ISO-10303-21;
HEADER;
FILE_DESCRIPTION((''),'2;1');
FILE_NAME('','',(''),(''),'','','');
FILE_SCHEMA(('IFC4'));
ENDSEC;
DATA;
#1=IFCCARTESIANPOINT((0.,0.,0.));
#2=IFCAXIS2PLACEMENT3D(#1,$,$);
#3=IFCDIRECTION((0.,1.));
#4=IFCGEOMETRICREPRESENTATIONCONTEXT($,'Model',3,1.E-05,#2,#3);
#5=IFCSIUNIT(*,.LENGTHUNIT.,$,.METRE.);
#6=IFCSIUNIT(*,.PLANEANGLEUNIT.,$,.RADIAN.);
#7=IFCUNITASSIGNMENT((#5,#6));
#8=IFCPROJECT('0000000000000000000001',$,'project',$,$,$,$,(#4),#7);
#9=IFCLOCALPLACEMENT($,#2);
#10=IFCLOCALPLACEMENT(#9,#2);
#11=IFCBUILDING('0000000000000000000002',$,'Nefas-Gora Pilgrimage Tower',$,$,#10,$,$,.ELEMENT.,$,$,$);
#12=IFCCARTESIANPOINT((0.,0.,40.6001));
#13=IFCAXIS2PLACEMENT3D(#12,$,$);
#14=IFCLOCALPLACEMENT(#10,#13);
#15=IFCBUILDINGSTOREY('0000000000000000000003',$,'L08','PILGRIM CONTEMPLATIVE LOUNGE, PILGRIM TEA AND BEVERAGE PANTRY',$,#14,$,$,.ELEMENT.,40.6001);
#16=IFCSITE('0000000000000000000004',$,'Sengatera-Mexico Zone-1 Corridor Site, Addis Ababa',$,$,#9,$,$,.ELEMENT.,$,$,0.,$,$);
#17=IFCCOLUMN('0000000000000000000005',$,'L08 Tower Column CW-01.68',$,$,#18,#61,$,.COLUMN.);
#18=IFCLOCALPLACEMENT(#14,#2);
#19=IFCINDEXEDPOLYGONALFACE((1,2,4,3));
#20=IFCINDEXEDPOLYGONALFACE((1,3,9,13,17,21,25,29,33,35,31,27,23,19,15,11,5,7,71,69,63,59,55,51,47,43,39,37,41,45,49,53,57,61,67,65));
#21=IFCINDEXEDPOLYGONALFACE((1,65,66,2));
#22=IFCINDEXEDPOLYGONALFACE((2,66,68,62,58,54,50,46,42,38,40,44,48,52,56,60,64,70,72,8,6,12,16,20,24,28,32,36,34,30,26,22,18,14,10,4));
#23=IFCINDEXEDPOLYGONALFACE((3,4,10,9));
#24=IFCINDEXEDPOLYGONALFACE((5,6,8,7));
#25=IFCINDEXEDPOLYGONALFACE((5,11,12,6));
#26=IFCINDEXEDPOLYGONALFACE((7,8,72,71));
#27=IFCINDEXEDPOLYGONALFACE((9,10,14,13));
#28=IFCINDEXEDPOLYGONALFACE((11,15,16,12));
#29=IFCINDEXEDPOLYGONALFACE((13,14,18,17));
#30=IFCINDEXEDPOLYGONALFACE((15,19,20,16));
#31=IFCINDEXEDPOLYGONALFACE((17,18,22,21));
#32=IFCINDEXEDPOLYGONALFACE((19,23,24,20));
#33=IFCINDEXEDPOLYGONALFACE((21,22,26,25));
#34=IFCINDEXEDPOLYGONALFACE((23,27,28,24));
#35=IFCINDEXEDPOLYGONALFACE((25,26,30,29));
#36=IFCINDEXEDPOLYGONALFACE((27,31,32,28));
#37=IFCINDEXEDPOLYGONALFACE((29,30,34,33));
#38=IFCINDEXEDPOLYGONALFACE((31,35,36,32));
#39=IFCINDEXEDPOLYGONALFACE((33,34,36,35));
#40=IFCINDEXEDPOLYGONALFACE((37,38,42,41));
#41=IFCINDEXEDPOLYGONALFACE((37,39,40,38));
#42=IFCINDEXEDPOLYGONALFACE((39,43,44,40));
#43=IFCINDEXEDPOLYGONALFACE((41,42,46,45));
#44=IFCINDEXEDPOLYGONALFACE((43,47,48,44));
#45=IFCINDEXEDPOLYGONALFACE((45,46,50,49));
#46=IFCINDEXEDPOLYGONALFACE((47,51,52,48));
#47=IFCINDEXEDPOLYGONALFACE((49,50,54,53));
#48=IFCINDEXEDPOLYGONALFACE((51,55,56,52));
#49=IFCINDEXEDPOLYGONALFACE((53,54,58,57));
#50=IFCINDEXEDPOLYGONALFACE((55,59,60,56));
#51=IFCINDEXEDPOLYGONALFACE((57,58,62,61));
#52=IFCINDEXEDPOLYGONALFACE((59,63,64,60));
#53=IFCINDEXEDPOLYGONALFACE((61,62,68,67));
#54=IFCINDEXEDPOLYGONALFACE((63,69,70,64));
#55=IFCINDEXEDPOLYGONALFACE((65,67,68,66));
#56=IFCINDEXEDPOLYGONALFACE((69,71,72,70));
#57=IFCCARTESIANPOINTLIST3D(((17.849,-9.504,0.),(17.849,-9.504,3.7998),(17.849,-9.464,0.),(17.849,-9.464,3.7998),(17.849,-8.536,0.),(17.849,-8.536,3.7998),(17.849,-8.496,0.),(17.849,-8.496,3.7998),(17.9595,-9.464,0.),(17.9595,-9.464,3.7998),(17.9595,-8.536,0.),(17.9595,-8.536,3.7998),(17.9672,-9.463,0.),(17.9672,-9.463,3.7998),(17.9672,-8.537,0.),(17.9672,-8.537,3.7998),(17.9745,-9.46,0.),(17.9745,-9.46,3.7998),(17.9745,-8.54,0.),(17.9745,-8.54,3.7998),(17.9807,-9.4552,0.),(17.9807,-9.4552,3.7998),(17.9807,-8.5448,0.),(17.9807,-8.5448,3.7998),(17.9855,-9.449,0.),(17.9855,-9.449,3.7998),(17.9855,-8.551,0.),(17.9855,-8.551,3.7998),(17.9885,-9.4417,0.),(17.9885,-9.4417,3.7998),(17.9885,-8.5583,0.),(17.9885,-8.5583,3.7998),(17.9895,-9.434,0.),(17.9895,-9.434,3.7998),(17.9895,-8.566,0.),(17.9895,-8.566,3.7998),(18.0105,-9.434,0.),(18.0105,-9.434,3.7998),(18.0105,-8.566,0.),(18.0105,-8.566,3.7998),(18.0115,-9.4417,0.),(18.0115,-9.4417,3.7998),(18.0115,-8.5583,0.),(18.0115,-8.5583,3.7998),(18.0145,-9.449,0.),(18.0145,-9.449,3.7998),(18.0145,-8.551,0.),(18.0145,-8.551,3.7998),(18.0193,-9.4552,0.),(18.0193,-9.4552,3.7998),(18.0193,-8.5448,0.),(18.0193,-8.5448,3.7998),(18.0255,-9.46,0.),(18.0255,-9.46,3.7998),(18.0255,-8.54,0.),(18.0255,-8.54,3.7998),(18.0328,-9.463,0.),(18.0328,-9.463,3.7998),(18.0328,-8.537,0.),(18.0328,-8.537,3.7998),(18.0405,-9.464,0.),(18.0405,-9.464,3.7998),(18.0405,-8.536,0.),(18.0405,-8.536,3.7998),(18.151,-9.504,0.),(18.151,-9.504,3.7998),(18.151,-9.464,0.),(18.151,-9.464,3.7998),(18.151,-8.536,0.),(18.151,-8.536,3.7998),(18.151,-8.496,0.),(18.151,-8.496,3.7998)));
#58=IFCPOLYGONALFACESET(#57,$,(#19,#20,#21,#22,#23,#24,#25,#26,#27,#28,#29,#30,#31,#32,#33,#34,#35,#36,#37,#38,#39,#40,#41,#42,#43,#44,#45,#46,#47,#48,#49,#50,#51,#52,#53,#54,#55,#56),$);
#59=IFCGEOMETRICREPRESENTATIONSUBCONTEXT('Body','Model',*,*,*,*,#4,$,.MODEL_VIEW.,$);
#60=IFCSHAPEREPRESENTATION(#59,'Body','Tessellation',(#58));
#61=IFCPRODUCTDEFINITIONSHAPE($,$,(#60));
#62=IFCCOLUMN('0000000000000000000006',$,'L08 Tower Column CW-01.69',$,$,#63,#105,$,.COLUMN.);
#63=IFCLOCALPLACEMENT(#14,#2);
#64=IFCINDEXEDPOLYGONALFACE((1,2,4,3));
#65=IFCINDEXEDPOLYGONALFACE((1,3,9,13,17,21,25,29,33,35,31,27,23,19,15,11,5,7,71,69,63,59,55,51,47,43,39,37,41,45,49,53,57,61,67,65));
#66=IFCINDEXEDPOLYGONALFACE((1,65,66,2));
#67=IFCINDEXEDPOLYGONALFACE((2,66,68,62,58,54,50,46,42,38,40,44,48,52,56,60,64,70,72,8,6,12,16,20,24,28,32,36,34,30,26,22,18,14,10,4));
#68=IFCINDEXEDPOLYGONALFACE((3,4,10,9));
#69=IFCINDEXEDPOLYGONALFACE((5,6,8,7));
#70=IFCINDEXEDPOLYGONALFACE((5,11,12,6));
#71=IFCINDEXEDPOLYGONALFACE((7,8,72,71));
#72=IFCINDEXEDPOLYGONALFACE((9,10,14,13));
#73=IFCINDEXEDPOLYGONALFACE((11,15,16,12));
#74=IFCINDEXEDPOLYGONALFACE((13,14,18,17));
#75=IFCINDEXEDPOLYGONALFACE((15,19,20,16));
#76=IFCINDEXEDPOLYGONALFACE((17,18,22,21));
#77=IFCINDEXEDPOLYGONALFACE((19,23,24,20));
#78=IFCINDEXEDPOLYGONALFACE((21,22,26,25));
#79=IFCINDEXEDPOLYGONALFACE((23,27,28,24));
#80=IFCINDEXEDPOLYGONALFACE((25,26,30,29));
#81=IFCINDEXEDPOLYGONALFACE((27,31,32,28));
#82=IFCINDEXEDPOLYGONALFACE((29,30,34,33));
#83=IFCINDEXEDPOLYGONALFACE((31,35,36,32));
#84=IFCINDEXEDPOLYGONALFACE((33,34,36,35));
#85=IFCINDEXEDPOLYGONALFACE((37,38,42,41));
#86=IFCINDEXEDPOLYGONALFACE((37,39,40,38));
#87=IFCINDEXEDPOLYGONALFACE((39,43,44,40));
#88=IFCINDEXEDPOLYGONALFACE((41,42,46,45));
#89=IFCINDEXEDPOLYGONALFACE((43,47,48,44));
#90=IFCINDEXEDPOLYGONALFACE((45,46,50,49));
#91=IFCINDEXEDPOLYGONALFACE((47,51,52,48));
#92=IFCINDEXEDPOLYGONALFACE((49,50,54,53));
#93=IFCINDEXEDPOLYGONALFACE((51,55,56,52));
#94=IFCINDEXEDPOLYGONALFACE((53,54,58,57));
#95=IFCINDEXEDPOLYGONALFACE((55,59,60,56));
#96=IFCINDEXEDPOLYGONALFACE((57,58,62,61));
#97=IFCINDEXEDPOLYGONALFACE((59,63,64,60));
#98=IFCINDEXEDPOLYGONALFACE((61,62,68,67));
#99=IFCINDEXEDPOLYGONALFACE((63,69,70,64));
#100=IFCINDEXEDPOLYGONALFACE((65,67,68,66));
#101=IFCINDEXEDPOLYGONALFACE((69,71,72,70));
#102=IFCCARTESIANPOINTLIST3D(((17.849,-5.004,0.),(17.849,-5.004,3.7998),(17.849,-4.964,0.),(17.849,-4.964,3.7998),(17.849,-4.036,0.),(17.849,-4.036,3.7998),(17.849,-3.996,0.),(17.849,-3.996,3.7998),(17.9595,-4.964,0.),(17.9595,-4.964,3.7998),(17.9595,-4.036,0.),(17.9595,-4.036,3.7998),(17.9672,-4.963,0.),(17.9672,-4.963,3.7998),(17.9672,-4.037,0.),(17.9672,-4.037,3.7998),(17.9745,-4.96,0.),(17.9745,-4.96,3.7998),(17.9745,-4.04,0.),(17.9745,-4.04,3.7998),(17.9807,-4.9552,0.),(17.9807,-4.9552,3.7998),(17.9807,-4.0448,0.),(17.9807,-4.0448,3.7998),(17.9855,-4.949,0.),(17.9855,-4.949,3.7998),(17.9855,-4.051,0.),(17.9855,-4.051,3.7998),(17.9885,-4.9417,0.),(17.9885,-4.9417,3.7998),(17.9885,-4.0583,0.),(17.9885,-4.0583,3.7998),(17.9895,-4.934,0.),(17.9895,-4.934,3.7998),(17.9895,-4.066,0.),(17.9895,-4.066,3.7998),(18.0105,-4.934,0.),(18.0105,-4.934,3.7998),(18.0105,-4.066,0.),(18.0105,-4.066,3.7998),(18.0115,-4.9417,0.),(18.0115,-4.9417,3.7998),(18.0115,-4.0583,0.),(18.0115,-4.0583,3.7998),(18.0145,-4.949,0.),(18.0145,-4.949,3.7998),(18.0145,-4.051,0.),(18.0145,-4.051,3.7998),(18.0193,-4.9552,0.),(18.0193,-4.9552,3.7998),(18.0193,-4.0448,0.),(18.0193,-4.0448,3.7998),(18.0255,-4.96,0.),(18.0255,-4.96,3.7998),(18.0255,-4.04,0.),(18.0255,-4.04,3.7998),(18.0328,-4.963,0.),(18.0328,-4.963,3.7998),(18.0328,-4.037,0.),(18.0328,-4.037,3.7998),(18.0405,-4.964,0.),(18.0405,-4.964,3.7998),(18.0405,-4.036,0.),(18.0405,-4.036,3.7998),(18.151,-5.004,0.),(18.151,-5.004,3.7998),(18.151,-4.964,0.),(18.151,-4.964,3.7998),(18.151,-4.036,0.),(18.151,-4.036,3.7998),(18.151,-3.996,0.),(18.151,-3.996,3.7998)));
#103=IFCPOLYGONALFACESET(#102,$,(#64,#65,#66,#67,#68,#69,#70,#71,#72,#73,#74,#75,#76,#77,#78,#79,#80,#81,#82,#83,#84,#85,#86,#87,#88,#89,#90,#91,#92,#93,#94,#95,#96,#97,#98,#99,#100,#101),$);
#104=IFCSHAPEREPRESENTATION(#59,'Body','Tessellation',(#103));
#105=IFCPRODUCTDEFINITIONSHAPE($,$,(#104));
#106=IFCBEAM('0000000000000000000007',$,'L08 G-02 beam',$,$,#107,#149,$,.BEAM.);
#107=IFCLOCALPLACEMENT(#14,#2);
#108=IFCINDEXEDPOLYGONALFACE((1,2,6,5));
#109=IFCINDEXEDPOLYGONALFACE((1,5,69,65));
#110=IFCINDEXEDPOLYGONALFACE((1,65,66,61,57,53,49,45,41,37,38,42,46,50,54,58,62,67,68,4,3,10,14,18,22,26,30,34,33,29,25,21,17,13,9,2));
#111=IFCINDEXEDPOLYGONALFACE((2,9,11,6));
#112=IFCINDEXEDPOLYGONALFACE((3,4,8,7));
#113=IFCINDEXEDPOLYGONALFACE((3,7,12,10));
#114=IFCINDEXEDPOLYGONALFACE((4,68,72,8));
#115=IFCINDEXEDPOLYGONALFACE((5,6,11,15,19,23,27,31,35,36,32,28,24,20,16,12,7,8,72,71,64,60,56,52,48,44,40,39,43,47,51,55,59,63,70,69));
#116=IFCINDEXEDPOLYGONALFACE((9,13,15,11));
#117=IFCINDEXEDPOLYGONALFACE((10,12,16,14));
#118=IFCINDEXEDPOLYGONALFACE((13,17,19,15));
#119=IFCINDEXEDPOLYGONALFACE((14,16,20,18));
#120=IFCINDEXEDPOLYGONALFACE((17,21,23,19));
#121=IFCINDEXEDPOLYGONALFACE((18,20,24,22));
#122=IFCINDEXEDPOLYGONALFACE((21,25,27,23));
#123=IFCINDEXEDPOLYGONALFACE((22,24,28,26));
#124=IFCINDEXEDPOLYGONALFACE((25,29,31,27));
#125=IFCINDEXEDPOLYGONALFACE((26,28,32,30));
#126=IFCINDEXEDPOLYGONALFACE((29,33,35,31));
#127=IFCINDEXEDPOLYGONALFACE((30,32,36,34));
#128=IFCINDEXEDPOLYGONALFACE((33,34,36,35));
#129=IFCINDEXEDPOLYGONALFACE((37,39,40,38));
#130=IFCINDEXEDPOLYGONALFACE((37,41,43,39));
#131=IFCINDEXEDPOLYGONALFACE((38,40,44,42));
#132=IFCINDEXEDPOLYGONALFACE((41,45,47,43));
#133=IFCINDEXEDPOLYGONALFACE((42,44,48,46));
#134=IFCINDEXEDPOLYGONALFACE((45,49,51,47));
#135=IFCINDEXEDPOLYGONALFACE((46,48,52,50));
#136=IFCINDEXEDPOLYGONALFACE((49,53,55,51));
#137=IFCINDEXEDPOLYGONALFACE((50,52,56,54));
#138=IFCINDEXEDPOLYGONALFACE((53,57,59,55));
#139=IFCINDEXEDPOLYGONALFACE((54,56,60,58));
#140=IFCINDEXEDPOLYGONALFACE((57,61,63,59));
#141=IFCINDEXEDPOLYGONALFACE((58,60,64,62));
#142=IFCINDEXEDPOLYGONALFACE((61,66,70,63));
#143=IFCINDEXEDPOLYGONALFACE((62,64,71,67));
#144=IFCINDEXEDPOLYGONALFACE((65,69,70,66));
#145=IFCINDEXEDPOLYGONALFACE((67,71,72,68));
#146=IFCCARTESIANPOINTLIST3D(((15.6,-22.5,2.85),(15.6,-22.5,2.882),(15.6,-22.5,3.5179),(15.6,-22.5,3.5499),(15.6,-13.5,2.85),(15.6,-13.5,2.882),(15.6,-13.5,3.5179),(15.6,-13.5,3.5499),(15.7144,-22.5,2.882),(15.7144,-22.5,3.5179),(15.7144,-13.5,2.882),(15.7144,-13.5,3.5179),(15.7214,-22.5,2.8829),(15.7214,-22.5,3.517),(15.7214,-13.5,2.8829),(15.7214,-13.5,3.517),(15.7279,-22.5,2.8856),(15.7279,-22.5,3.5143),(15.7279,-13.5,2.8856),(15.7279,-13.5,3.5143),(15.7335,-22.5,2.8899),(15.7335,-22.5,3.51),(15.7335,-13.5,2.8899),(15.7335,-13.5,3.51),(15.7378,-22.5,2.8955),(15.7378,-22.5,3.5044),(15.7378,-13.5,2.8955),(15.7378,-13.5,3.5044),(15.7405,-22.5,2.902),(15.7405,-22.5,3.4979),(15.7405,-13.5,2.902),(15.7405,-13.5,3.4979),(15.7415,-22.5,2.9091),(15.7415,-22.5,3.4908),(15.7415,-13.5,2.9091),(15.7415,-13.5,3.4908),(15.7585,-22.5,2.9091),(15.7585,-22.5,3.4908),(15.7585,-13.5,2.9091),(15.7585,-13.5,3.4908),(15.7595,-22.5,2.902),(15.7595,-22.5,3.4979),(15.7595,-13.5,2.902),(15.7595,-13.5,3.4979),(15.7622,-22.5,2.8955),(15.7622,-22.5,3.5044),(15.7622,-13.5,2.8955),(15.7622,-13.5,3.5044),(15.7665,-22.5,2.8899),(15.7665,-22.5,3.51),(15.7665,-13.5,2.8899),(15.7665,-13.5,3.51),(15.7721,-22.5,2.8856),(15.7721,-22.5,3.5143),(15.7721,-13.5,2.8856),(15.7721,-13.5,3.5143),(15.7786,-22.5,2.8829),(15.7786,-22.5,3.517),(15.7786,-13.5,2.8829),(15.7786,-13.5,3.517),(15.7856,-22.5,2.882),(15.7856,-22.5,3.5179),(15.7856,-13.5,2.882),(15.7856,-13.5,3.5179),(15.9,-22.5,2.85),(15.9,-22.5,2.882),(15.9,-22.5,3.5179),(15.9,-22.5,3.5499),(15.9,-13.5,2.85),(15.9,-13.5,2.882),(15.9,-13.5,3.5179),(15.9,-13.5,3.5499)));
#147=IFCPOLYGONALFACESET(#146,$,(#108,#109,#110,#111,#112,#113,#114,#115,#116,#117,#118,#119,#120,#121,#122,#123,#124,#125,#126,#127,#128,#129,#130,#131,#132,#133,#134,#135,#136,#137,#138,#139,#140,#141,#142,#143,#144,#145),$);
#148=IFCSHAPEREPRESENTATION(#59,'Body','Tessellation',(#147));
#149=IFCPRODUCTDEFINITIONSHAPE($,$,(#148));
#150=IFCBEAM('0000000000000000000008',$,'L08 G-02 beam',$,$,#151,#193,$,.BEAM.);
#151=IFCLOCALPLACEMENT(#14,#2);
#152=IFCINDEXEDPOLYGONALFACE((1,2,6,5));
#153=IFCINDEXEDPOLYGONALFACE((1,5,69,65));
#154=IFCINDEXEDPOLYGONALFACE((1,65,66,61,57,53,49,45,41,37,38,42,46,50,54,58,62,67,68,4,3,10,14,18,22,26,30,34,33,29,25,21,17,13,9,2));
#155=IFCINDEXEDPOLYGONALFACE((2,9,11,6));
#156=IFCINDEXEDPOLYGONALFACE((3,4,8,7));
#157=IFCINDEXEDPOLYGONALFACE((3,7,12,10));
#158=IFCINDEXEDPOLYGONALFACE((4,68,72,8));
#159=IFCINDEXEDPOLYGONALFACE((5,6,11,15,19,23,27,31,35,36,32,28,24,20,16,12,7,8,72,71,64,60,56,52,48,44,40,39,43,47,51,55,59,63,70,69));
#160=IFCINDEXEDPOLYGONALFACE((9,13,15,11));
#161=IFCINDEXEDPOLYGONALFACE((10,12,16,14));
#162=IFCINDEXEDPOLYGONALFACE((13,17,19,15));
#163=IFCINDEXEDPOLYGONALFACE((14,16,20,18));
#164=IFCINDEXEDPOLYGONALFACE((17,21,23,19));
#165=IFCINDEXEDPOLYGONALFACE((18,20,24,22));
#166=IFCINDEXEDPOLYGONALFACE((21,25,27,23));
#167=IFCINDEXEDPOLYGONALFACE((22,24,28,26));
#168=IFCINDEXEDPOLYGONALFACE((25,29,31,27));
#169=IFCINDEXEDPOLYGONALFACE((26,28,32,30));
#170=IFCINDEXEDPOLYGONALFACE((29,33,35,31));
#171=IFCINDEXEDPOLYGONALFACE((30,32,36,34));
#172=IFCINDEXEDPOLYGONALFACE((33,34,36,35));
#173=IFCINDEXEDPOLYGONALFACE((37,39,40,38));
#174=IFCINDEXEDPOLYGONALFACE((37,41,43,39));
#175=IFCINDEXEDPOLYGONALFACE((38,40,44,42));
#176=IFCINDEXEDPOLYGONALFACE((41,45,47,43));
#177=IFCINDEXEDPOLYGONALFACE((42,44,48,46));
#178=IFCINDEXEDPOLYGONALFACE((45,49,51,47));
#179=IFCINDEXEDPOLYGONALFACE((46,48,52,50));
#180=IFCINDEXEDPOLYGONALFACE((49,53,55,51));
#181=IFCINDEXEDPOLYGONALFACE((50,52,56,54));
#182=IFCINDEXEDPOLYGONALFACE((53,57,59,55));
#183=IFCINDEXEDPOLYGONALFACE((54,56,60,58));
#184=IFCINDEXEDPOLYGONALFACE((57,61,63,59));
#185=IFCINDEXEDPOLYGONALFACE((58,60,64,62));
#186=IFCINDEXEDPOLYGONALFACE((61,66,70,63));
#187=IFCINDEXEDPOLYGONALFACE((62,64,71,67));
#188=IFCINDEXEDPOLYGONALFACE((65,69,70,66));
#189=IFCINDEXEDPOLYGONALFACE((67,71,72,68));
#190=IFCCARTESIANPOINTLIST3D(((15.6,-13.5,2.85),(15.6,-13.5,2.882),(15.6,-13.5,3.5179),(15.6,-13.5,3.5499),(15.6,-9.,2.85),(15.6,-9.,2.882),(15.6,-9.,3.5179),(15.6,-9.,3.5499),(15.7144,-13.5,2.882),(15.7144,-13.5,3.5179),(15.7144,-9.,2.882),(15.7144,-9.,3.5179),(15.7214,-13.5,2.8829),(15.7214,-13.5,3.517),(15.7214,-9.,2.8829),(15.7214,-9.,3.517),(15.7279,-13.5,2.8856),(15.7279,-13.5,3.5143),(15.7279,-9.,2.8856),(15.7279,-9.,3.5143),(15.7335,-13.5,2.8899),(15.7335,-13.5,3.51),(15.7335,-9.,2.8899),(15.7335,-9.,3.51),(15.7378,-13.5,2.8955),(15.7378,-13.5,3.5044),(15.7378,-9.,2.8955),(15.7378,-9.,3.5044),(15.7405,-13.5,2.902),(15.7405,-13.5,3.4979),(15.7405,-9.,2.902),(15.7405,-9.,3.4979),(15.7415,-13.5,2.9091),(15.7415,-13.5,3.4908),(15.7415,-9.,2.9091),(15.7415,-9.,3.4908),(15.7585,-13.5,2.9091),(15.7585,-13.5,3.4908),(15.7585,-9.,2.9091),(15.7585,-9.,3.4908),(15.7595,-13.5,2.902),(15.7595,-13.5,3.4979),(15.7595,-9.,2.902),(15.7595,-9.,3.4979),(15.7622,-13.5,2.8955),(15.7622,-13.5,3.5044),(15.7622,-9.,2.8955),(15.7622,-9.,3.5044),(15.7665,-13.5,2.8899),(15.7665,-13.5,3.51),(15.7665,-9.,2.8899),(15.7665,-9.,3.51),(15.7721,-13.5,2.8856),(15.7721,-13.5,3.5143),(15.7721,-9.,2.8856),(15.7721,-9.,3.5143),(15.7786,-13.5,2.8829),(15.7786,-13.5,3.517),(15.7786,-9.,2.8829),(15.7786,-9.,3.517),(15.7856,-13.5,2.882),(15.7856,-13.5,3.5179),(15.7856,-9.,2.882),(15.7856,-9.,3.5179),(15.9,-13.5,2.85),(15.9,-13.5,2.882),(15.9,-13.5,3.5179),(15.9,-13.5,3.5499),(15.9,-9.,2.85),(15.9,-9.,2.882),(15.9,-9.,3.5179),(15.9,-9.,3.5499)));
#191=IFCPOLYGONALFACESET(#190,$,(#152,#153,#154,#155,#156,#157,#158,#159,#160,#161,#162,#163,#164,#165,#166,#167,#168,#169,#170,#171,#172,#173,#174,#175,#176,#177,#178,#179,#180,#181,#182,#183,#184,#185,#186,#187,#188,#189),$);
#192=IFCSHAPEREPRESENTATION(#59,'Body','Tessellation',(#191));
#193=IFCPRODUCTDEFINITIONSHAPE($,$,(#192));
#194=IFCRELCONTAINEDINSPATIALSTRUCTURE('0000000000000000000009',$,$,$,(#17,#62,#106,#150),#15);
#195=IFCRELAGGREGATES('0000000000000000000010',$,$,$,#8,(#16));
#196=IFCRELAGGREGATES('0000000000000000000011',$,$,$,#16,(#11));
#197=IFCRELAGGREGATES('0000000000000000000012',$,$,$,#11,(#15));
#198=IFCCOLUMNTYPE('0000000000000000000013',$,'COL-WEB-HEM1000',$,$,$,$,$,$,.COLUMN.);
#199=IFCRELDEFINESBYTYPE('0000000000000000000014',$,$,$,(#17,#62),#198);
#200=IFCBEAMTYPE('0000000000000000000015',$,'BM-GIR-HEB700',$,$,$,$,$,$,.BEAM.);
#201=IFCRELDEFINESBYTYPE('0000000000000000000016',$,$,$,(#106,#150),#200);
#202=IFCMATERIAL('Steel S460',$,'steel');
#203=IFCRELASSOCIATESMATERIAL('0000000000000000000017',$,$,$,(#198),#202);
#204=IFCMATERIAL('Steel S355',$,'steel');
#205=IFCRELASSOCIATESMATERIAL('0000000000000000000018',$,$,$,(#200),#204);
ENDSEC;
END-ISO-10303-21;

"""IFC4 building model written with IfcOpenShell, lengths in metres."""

from ifc_helpers import new_model, si_unit, direction, frame, origin, origin_2d, place, context, subcontext, project, spatial, i_section, extrude, source, transform, mapped, material, material_profile, profile_set, type_object, element, save


model = new_model("IFC4")

# Units and contexts
model_context = context("Model", 3, precision=1e-05, world=origin(), true_north=direction((0.0, 1.0)))
body_context = subcontext(model_context, "Body", "Model", "MODEL_VIEW")
ifc_project = project(units=[si_unit("LENGTHUNIT", "METRE"), si_unit("PLANEANGLEUNIT", "RADIAN")], contexts=[model_context])

# Site, building, storey
site_placement = place(None, origin())
site = spatial("IfcSite", under=ifc_project, at=site_placement, Name="Sengatera-Mexico Zone-1 Corridor Site, Addis Ababa", CompositionType="ELEMENT", RefElevation=0.0)
building_placement = place(site_placement, origin())
building = spatial("IfcBuilding", under=site, at=building_placement, Name="Nefas-Gora Pilgrimage Tower", CompositionType="ELEMENT")
storey_placement = place(building_placement, frame((0.0, 0.0, 40.6001)))
storey = spatial("IfcBuildingStorey", under=building, at=storey_placement, Name="L08", Description="PILGRIM CONTEMPLATIVE LOUNGE, PILGRIM TEA AND BEVERAGE PANTRY", CompositionType="ELEMENT", Elevation=40.6001)

# Columns
ifc_material_1 = material(Name="Steel S460", Category="steel")
ifc_material_profile_1 = material_profile(ifc_material_1, i_section(OverallWidth=0.302, OverallDepth=1.0081, WebThickness=0.021, FlangeThickness=0.04, FilletRadius=0.03, at=origin_2d()), Name="HEM 1000")
ifc_profile_set_1 = profile_set([ifc_material_profile_1], Name="Steel S460")
column_type_1 = type_object("IfcColumnType", Name="COL-WEB-HEM1000", PredefinedType="COLUMN", material=ifc_profile_set_1)
shared_shape_1 = source(origin(), body_context, "Body", "SweptSolid", [
    extrude(i_section(OverallWidth=0.302, OverallDepth=1.0081, WebThickness=0.021, FlangeThickness=0.04, FilletRadius=0.03, at=origin_2d()), origin(), (0.0, 0.0, 1.0), 3.7998),
])
for number, where, z_axis, x_axis, name in (
    (1, (18.0, -9.0, 0.0), (0.0, 0.0, 1.0), (1.0, 0.0, 0.0), "L08 Tower Column CW-01.68"),
    (2, (18.0, -4.5, 0.0), (0.0, 0.0, 1.0), (1.0, 0.0, 0.0), "L08 Tower Column CW-01.69"),
):
    element("IfcColumn", number, at=place(storey_placement, frame(where, z_axis=z_axis, x_axis=x_axis)), inside=storey, type_object=column_type_1, Name=name, PredefinedType="COLUMN", context=body_context, shape_type="MappedRepresentation", body=[
        mapped(shared_shape_1, transform((0.0, 0.0, 0.0), x_axis=(1.0, 0.0, 0.0), y_axis=(0.0, 1.0, 0.0), z_axis=(0.0, 0.0, 1.0), scale=1.0)),
    ])

# Beams
ifc_material_2 = material(Name="Steel S355", Category="steel")
ifc_material_profile_2 = material_profile(ifc_material_2, i_section(OverallWidth=0.3, OverallDepth=0.7, WebThickness=0.0171, FlangeThickness=0.032, FilletRadius=0.0271, at=origin_2d()), Name="HEB 700")
ifc_profile_set_2 = profile_set([ifc_material_profile_2], Name="Steel S355")
beam_type_1 = type_object("IfcBeamType", Name="BM-GIR-HEB700", PredefinedType="BEAM", material=ifc_profile_set_2)
shared_shape_2 = source(origin(), body_context, "Body", "SweptSolid", [
    extrude(i_section(OverallWidth=0.3, OverallDepth=0.7, WebThickness=0.0171, FlangeThickness=0.032, FilletRadius=0.0271, at=origin_2d()), origin(), (0.0, 0.0, 1.0), 9.0),
])
beam_placement = place(storey_placement, frame((15.75, -22.5, 3.2), z_axis=(0.0, 1.0, 0.0), x_axis=(-1.0, 0.0, 0.0)))
element("IfcBeam", 3, at=beam_placement, inside=storey, type_object=beam_type_1, Name="L08 G-02 beam", PredefinedType="BEAM", context=body_context, shape_type="MappedRepresentation", body=[
    mapped(shared_shape_2, transform((0.0, 0.0, 0.0), x_axis=(1.0, 0.0, 0.0), y_axis=(0.0, 1.0, 0.0), z_axis=(0.0, 0.0, 1.0), scale=1.0)),
])
shared_shape_3 = source(origin(), body_context, "Body", "SweptSolid", [
    extrude(i_section(OverallWidth=0.3, OverallDepth=0.7, WebThickness=0.0171, FlangeThickness=0.032, FilletRadius=0.0271, at=origin_2d()), origin(), (0.0, 0.0, 1.0), 4.5),
])
for number, where, z_axis, x_axis, name in (
    (4, (15.75, -13.5, 3.2), (0.0, 1.0, 0.0), (-1.0, 0.0, 0.0), "L08 G-02 beam"),
):
    element("IfcBeam", number, at=place(storey_placement, frame(where, z_axis=z_axis, x_axis=x_axis)), inside=storey, type_object=beam_type_1, Name=name, PredefinedType="BEAM", context=body_context, shape_type="MappedRepresentation", body=[
        mapped(shared_shape_3, transform((0.0, 0.0, 0.0), x_axis=(1.0, 0.0, 0.0), y_axis=(0.0, 1.0, 0.0), z_axis=(0.0, 0.0, 1.0), scale=1.0)),
    ])

save(model, "model.ifc")
